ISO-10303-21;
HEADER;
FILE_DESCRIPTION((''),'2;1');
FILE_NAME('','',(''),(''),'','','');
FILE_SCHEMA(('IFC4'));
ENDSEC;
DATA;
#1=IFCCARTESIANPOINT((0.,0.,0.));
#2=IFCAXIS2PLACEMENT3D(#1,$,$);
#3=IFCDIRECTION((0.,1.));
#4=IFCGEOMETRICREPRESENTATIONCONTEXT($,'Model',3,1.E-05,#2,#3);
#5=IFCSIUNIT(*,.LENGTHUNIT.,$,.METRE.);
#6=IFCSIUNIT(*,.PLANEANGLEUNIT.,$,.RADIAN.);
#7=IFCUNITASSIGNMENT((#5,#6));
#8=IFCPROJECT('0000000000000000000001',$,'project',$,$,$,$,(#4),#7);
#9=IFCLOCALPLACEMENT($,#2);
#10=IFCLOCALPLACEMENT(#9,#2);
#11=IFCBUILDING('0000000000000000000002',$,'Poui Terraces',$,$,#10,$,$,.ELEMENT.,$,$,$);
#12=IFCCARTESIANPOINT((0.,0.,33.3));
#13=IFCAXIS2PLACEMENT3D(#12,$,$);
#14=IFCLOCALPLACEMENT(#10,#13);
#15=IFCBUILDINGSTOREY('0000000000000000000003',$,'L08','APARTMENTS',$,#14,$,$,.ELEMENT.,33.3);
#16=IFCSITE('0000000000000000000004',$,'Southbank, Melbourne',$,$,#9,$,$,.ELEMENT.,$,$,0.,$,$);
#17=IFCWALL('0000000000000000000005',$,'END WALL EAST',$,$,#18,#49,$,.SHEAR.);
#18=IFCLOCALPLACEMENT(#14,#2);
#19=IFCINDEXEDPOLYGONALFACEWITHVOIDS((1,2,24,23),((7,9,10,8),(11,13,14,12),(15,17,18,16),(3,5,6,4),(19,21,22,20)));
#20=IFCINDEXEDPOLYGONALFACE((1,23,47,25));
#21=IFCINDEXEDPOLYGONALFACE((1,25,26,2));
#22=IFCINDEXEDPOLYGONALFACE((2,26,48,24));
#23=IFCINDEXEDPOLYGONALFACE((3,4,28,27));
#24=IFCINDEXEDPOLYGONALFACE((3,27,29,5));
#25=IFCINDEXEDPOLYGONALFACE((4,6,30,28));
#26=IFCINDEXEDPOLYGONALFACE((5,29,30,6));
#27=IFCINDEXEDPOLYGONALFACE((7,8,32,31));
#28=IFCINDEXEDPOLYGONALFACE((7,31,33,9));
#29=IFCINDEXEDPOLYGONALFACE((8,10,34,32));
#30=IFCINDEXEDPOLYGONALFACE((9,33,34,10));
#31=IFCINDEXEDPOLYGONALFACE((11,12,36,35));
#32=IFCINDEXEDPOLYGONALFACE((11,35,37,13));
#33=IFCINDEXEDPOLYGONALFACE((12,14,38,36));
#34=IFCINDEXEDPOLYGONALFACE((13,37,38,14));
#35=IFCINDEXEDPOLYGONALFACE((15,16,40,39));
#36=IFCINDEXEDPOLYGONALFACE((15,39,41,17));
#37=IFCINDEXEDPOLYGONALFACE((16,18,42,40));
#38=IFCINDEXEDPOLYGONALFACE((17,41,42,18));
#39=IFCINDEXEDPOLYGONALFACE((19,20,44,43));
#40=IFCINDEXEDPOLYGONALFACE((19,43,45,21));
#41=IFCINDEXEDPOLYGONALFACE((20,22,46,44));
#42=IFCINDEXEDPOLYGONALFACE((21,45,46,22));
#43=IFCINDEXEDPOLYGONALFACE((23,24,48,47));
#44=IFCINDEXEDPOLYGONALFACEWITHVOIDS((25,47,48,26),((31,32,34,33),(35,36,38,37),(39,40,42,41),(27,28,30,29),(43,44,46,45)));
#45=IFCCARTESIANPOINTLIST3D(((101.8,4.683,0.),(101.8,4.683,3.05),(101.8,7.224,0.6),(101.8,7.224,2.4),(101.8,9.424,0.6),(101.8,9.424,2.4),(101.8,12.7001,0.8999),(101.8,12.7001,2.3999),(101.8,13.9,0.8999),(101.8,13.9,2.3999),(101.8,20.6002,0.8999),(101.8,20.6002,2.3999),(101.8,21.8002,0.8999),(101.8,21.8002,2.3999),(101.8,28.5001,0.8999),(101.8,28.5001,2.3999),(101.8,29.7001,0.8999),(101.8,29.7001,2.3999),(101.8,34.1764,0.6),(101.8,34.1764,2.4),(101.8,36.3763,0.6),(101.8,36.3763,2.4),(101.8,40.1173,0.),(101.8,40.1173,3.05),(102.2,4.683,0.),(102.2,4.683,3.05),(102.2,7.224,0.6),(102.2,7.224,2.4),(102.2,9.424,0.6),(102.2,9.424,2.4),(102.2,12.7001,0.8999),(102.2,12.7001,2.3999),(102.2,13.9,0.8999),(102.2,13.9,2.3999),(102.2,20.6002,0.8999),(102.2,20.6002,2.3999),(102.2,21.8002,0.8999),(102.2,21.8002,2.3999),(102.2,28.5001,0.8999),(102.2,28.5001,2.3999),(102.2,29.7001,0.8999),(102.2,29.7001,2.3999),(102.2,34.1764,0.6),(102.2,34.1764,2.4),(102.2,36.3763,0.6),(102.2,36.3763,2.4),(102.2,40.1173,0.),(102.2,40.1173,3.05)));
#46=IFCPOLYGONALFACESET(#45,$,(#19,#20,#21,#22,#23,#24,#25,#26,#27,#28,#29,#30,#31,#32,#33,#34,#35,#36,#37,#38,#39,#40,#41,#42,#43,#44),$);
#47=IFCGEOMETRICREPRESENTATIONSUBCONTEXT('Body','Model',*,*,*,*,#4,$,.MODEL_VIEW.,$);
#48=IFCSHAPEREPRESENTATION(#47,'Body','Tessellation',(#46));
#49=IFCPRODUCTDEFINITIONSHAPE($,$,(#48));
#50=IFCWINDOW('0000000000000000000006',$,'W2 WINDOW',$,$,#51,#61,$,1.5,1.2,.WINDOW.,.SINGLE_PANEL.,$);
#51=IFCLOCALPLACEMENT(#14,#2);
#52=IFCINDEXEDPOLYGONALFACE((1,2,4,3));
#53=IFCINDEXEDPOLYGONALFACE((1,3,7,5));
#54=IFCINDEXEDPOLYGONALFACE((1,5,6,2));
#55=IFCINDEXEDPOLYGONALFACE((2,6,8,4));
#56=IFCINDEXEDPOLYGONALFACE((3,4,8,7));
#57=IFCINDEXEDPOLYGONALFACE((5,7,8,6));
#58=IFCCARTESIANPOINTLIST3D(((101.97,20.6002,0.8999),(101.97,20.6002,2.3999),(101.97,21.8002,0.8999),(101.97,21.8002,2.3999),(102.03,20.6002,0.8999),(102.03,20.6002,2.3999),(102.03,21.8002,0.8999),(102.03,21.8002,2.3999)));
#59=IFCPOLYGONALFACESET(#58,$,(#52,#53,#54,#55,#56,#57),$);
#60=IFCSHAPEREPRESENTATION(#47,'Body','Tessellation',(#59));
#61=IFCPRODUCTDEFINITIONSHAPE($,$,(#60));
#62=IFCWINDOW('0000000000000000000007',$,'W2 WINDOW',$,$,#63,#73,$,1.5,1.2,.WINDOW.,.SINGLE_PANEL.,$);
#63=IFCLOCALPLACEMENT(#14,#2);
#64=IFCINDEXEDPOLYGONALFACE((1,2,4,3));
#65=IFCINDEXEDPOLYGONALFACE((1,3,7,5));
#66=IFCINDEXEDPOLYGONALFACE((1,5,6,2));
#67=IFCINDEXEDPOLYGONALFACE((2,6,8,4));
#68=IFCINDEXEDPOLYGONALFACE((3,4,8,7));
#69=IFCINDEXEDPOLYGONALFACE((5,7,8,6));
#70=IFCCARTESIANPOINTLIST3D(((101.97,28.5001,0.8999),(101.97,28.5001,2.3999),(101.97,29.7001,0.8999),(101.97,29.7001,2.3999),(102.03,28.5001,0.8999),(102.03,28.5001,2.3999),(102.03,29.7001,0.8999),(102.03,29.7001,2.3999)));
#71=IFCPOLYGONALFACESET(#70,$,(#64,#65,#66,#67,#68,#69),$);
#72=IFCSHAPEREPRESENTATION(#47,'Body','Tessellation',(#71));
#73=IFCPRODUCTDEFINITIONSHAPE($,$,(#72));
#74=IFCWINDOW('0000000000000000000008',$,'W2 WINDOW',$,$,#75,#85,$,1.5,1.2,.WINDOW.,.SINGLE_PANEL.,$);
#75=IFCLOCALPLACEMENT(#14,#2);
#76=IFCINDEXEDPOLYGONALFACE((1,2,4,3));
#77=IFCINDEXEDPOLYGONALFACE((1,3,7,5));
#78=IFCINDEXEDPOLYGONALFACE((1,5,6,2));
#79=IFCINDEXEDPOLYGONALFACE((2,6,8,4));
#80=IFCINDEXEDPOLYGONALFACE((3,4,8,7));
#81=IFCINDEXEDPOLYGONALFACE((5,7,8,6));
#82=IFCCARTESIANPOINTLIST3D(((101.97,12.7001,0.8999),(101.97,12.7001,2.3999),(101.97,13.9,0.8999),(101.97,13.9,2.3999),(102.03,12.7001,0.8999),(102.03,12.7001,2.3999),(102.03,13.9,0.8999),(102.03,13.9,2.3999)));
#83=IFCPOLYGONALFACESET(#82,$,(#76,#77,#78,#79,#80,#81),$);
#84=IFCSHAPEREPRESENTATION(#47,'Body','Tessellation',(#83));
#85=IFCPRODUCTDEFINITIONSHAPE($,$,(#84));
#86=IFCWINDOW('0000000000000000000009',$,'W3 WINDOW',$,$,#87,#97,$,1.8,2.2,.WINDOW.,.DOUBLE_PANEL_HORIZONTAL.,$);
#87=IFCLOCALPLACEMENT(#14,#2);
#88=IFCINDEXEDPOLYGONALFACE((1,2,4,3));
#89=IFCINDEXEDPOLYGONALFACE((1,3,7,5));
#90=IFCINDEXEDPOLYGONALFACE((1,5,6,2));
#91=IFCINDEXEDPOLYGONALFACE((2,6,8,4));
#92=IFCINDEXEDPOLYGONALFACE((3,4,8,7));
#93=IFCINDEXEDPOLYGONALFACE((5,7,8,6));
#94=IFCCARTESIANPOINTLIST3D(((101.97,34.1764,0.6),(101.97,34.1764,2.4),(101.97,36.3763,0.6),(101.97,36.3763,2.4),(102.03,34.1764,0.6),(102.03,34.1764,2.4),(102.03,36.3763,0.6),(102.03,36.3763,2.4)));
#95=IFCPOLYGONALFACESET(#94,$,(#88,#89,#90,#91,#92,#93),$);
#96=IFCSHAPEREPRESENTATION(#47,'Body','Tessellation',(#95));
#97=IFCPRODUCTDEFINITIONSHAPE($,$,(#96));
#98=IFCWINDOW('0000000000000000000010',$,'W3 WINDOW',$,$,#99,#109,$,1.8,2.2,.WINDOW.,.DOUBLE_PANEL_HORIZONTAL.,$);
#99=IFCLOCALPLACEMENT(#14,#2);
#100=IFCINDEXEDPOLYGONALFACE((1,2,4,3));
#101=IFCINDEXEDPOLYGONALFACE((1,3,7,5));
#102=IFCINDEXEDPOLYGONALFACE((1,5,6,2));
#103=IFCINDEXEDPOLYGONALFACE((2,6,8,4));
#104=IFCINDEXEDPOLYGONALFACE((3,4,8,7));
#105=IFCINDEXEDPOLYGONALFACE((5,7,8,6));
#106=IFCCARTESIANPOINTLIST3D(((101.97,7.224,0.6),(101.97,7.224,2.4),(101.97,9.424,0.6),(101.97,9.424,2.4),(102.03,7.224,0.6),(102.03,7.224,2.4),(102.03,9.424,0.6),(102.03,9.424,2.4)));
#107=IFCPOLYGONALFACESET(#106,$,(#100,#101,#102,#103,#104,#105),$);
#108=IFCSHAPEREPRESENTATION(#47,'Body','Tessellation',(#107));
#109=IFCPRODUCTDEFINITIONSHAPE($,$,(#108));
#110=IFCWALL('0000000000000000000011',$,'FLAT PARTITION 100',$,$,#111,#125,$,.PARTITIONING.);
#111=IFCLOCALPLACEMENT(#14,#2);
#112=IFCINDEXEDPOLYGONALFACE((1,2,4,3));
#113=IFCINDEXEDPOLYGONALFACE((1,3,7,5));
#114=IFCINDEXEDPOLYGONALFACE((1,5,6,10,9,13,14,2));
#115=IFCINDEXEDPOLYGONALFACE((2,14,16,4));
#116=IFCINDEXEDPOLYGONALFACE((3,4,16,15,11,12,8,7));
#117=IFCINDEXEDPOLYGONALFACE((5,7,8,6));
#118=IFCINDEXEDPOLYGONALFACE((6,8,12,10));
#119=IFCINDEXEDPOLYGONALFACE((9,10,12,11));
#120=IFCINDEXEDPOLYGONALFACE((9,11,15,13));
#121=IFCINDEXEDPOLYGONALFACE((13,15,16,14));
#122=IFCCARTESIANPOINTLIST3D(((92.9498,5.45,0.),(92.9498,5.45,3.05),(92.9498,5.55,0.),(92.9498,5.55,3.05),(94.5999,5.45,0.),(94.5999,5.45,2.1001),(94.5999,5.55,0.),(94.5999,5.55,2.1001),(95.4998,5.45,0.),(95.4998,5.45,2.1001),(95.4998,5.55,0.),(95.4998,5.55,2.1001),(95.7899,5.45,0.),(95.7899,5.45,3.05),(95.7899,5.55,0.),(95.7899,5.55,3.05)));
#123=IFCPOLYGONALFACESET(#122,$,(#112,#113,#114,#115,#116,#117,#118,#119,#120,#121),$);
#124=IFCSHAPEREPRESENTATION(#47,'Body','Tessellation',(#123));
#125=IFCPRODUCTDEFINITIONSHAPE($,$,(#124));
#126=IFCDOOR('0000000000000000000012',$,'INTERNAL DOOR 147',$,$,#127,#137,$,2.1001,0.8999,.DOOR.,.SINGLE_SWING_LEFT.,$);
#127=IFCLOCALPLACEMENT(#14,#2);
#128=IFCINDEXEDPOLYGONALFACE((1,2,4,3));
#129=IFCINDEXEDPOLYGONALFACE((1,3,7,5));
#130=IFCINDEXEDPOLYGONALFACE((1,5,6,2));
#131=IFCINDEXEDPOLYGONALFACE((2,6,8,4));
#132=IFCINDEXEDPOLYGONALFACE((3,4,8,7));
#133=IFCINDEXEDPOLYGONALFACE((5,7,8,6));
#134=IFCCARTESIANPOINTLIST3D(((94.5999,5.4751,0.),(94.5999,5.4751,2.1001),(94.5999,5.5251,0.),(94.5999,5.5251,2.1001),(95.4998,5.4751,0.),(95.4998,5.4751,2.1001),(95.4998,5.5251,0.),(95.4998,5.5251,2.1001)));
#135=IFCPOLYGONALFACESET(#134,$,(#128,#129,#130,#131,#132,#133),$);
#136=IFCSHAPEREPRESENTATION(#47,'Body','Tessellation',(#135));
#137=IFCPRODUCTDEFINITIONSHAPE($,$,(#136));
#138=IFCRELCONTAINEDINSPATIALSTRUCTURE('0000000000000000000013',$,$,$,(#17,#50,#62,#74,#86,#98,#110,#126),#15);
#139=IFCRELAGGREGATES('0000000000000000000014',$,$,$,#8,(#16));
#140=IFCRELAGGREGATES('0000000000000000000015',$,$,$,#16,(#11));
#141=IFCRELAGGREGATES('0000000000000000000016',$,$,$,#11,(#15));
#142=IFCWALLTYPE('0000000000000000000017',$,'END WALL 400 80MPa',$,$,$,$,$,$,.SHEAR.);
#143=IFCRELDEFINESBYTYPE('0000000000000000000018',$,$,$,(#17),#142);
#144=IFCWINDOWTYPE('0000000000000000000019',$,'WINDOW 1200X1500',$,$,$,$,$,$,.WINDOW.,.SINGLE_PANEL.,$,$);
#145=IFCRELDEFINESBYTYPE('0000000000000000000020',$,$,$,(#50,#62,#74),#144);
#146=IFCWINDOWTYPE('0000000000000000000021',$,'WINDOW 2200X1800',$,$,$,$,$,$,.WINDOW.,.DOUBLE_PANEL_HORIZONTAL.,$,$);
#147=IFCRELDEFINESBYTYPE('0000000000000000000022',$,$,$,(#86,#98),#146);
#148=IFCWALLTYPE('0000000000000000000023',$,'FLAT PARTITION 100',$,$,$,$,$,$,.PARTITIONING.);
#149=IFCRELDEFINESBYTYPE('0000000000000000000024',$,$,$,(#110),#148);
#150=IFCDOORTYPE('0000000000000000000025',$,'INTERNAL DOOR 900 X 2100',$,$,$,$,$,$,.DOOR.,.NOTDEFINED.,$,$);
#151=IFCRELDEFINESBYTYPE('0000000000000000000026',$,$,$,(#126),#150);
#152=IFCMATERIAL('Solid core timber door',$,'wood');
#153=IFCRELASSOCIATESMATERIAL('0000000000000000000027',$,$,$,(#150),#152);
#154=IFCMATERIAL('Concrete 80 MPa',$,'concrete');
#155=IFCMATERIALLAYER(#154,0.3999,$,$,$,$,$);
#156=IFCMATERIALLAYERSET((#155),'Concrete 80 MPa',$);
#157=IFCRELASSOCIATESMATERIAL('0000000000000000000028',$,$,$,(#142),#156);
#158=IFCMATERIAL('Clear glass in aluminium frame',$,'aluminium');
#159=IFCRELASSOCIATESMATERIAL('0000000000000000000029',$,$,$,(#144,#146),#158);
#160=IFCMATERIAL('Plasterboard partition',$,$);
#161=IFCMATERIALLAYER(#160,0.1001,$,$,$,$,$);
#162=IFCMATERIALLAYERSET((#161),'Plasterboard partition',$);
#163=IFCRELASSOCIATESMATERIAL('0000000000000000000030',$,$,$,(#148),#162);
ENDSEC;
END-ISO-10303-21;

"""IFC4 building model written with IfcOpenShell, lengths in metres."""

from ifc_helpers import new_model, si_unit, direction, frame, frame_2d, origin, place, context, subcontext, project, spatial, rectangle, extrude, material, layer, layer_set, type_object, element, fill, save


model = new_model("IFC4")

# Units and contexts
model_context = context("Model", 3, precision=1e-05, world=origin(), true_north=direction((0.0, 1.0)))
body_context = subcontext(model_context, "Body", "Model", "MODEL_VIEW")
ifc_project = project(units=[si_unit("LENGTHUNIT", "METRE"), si_unit("PLANEANGLEUNIT", "RADIAN")], contexts=[model_context])

# Site, building, storey
site_placement = place(None, origin())
site = spatial("IfcSite", under=ifc_project, at=site_placement, Name="Southbank, Melbourne", CompositionType="ELEMENT", RefElevation=0.0)
building_placement = place(site_placement, origin())
building = spatial("IfcBuilding", under=site, at=building_placement, Name="Poui Terraces", CompositionType="ELEMENT")
storey_placement = place(building_placement, frame((0.0, 0.0, 33.3)))
storey = spatial("IfcBuildingStorey", under=building, at=storey_placement, Name="L08", Description="APARTMENTS", CompositionType="ELEMENT", Elevation=33.3)

# Shared definitions
ifc_material_1 = material(Name="Concrete 80 MPa", Category="concrete")
ifc_material_2 = material(Name="Solid core timber door", Category="wood")
door_type_1 = type_object("IfcDoorType", Name="INTERNAL DOOR 900 X 2100", OperationType="NOTDEFINED", PredefinedType="DOOR", material=ifc_material_2)

# Wall, openings, windows
ifc_layer_1 = layer(ifc_material_1, 0.3999)
ifc_layer_set_1 = layer_set([ifc_layer_1], Name="Concrete 80 MPa")
wall_type_1 = type_object("IfcWallType", Name="END WALL 400 80MPa", PredefinedType="SHEAR", material=ifc_layer_set_1)
wall_1_placement = place(storey_placement, frame((102.0, 4.6829, 0.0), z_axis=(0.0, 0.0, 1.0), x_axis=(0.0, 1.0, 0.0)))
wall_1 = element("IfcWall", 1, at=wall_1_placement, inside=storey, type_object=wall_type_1, Name="END WALL EAST", PredefinedType="SHEAR", context=body_context, shape_type="SweptSolid", body=[
    extrude(rectangle(XDim=35.4343, YDim=0.3999, at=frame_2d((17.7173, 0.0))), origin(), (0.0, 0.0, 1.0), 3.05),
])
opening_1_placement = place(wall_1_placement, frame((15.9172, 0.0, 0.8999)))
opening_1 = element("IfcOpeningElement", 2, at=opening_1_placement, cuts=wall_1, PredefinedType="OPENING", context=body_context, shape_type="SweptSolid", body=[
    extrude(rectangle(XDim=1.2, YDim=1.5, at=frame_2d((0.6001, 0.75))), frame((0.0, 0.21, 0.0), z_axis=(0.0, -1.0, 0.0), x_axis=(1.0, 0.0, 0.0)), (0.0, 0.0, 1.0), 0.4199),
])
opening_2_placement = place(wall_1_placement, frame((23.8171, 0.0, 0.8999)))
opening_2 = element("IfcOpeningElement", 3, at=opening_2_placement, cuts=wall_1, PredefinedType="OPENING", context=body_context, shape_type="SweptSolid", body=[
    extrude(rectangle(XDim=1.2, YDim=1.5, at=frame_2d((0.6001, 0.75))), frame((0.0, 0.21, 0.0), z_axis=(0.0, -1.0, 0.0), x_axis=(1.0, 0.0, 0.0)), (0.0, 0.0, 1.0), 0.4199),
])
opening_3_placement = place(wall_1_placement, frame((8.0171, 0.0, 0.8999)))
opening_3 = element("IfcOpeningElement", 4, at=opening_3_placement, cuts=wall_1, PredefinedType="OPENING", context=body_context, shape_type="SweptSolid", body=[
    extrude(rectangle(XDim=1.2, YDim=1.5, at=frame_2d((0.6001, 0.75))), frame((0.0, 0.21, 0.0), z_axis=(0.0, -1.0, 0.0), x_axis=(1.0, 0.0, 0.0)), (0.0, 0.0, 1.0), 0.4199),
])
opening_4_placement = place(wall_1_placement, frame((29.4934, 0.0, 0.6001)))
opening_4 = element("IfcOpeningElement", 5, at=opening_4_placement, cuts=wall_1, PredefinedType="OPENING", context=body_context, shape_type="SweptSolid", body=[
    extrude(rectangle(XDim=2.2, YDim=1.8, at=frame_2d((1.1001, 0.8999))), frame((0.0, 0.21, 0.0), z_axis=(0.0, -1.0, 0.0), x_axis=(1.0, 0.0, 0.0)), (0.0, 0.0, 1.0), 0.4199),
])
opening_5_placement = place(wall_1_placement, frame((2.541, 0.0, 0.6001)))
opening_5 = element("IfcOpeningElement", 6, at=opening_5_placement, cuts=wall_1, PredefinedType="OPENING", context=body_context, shape_type="SweptSolid", body=[
    extrude(rectangle(XDim=2.2, YDim=1.8, at=frame_2d((1.1001, 0.8999))), frame((0.0, 0.21, 0.0), z_axis=(0.0, -1.0, 0.0), x_axis=(1.0, 0.0, 0.0)), (0.0, 0.0, 1.0), 0.4199),
])
ifc_material_3 = material(Name="Clear glass in aluminium frame", Category="aluminium")
window_type_1 = type_object("IfcWindowType", Name="WINDOW 1200X1500", PartitioningType="SINGLE_PANEL", PredefinedType="WINDOW", material=ifc_material_3)
window_1_placement = place(opening_1_placement, origin())
window_1 = element("IfcWindow", 7, at=window_1_placement, inside=storey, type_object=window_type_1, Name="W2 WINDOW", OverallHeight=1.5, OverallWidth=1.2, PartitioningType="SINGLE_PANEL", PredefinedType="WINDOW", context=body_context, shape_type="SweptSolid", body=[
    extrude(rectangle(XDim=1.2, YDim=1.5, at=frame_2d((0.6001, 0.75))), frame((0.0, 0.03, 0.0), z_axis=(0.0, -1.0, 0.0), x_axis=(1.0, 0.0, 0.0)), (0.0, 0.0, 1.0), 0.0601),
])
fill(opening_1, window_1)
window_2_placement = place(opening_2_placement, origin())
window_2 = element("IfcWindow", 8, at=window_2_placement, inside=storey, type_object=window_type_1, Name="W2 WINDOW", OverallHeight=1.5, OverallWidth=1.2, PartitioningType="SINGLE_PANEL", PredefinedType="WINDOW", context=body_context, shape_type="SweptSolid", body=[
    extrude(rectangle(XDim=1.2, YDim=1.5, at=frame_2d((0.6001, 0.75))), frame((0.0, 0.03, 0.0), z_axis=(0.0, -1.0, 0.0), x_axis=(1.0, 0.0, 0.0)), (0.0, 0.0, 1.0), 0.0601),
])
fill(opening_2, window_2)
window_3_placement = place(opening_3_placement, origin())
window_3 = element("IfcWindow", 9, at=window_3_placement, inside=storey, type_object=window_type_1, Name="W2 WINDOW", OverallHeight=1.5, OverallWidth=1.2, PartitioningType="SINGLE_PANEL", PredefinedType="WINDOW", context=body_context, shape_type="SweptSolid", body=[
    extrude(rectangle(XDim=1.2, YDim=1.5, at=frame_2d((0.6001, 0.75))), frame((0.0, 0.03, 0.0), z_axis=(0.0, -1.0, 0.0), x_axis=(1.0, 0.0, 0.0)), (0.0, 0.0, 1.0), 0.0601),
])
fill(opening_3, window_3)
window_type_2 = type_object("IfcWindowType", Name="WINDOW 2200X1800", PartitioningType="DOUBLE_PANEL_HORIZONTAL", PredefinedType="WINDOW", material=ifc_material_3)
window_4_placement = place(opening_4_placement, origin())
window_4 = element("IfcWindow", 10, at=window_4_placement, inside=storey, type_object=window_type_2, Name="W3 WINDOW", OverallHeight=1.8, OverallWidth=2.2, PartitioningType="DOUBLE_PANEL_HORIZONTAL", PredefinedType="WINDOW", context=body_context, shape_type="SweptSolid", body=[
    extrude(rectangle(XDim=2.2, YDim=1.8, at=frame_2d((1.1001, 0.8999))), frame((0.0, 0.03, 0.0), z_axis=(0.0, -1.0, 0.0), x_axis=(1.0, 0.0, 0.0)), (0.0, 0.0, 1.0), 0.0601),
])
fill(opening_4, window_4)
window_5_placement = place(opening_5_placement, origin())
window_5 = element("IfcWindow", 11, at=window_5_placement, inside=storey, type_object=window_type_2, Name="W3 WINDOW", OverallHeight=1.8, OverallWidth=2.2, PartitioningType="DOUBLE_PANEL_HORIZONTAL", PredefinedType="WINDOW", context=body_context, shape_type="SweptSolid", body=[
    extrude(rectangle(XDim=2.2, YDim=1.8, at=frame_2d((1.1001, 0.8999))), frame((0.0, 0.03, 0.0), z_axis=(0.0, -1.0, 0.0), x_axis=(1.0, 0.0, 0.0)), (0.0, 0.0, 1.0), 0.0601),
])
fill(opening_5, window_5)

# Wall, opening, door
ifc_material_4 = material(Name="Plasterboard partition")
ifc_layer_2 = layer(ifc_material_4, 0.1001)
ifc_layer_set_2 = layer_set([ifc_layer_2], Name="Plasterboard partition")
wall_type_2 = type_object("IfcWallType", Name="FLAT PARTITION 100", PredefinedType="PARTITIONING", material=ifc_layer_set_2)
wall_2_placement = place(storey_placement, frame((92.95, 5.5, 0.0), z_axis=(0.0, 0.0, 1.0), x_axis=(1.0, 0.0, 0.0)))
wall_2 = element("IfcWall", 12, at=wall_2_placement, inside=storey, type_object=wall_type_2, Name="FLAT PARTITION 100", PredefinedType="PARTITIONING", context=body_context, shape_type="SweptSolid", body=[
    extrude(rectangle(XDim=2.8401, YDim=0.1001, at=frame_2d((1.4199, 0.0))), origin(), (0.0, 0.0, 1.0), 3.05),
])
opening_6_placement = place(wall_2_placement, frame((1.6499, 0.0, 0.0)))
opening_6 = element("IfcOpeningElement", 13, at=opening_6_placement, cuts=wall_2, PredefinedType="OPENING", context=body_context, shape_type="SweptSolid", body=[
    extrude(rectangle(XDim=0.8999, YDim=2.1001, at=frame_2d((0.45, 1.05))), frame((0.0, 0.0601, 0.0), z_axis=(0.0, -1.0, 0.0), x_axis=(1.0, 0.0, 0.0)), (0.0, 0.0, 1.0), 0.1201),
])
door_1_placement = place(opening_6_placement, frame((0.8999, 0.0, 0.0), z_axis=(0.0, 0.0, 1.0), x_axis=(-1.0, 0.0, 0.0)))
door_1 = element("IfcDoor", 14, at=door_1_placement, inside=storey, type_object=door_type_1, Name="INTERNAL DOOR 147", OperationType="SINGLE_SWING_LEFT", OverallHeight=2.1001, OverallWidth=0.8999, PredefinedType="DOOR", context=body_context, shape_type="SweptSolid", body=[
    extrude(rectangle(XDim=0.8999, YDim=2.1001, at=frame_2d((0.45, 1.05))), frame((0.0, 0.0249, 0.0), z_axis=(0.0, -1.0, 0.0), x_axis=(1.0, 0.0, 0.0)), (0.0, 0.0, 1.0), 0.05),
])
fill(opening_6, door_1)

save(model, "model.ifc")
